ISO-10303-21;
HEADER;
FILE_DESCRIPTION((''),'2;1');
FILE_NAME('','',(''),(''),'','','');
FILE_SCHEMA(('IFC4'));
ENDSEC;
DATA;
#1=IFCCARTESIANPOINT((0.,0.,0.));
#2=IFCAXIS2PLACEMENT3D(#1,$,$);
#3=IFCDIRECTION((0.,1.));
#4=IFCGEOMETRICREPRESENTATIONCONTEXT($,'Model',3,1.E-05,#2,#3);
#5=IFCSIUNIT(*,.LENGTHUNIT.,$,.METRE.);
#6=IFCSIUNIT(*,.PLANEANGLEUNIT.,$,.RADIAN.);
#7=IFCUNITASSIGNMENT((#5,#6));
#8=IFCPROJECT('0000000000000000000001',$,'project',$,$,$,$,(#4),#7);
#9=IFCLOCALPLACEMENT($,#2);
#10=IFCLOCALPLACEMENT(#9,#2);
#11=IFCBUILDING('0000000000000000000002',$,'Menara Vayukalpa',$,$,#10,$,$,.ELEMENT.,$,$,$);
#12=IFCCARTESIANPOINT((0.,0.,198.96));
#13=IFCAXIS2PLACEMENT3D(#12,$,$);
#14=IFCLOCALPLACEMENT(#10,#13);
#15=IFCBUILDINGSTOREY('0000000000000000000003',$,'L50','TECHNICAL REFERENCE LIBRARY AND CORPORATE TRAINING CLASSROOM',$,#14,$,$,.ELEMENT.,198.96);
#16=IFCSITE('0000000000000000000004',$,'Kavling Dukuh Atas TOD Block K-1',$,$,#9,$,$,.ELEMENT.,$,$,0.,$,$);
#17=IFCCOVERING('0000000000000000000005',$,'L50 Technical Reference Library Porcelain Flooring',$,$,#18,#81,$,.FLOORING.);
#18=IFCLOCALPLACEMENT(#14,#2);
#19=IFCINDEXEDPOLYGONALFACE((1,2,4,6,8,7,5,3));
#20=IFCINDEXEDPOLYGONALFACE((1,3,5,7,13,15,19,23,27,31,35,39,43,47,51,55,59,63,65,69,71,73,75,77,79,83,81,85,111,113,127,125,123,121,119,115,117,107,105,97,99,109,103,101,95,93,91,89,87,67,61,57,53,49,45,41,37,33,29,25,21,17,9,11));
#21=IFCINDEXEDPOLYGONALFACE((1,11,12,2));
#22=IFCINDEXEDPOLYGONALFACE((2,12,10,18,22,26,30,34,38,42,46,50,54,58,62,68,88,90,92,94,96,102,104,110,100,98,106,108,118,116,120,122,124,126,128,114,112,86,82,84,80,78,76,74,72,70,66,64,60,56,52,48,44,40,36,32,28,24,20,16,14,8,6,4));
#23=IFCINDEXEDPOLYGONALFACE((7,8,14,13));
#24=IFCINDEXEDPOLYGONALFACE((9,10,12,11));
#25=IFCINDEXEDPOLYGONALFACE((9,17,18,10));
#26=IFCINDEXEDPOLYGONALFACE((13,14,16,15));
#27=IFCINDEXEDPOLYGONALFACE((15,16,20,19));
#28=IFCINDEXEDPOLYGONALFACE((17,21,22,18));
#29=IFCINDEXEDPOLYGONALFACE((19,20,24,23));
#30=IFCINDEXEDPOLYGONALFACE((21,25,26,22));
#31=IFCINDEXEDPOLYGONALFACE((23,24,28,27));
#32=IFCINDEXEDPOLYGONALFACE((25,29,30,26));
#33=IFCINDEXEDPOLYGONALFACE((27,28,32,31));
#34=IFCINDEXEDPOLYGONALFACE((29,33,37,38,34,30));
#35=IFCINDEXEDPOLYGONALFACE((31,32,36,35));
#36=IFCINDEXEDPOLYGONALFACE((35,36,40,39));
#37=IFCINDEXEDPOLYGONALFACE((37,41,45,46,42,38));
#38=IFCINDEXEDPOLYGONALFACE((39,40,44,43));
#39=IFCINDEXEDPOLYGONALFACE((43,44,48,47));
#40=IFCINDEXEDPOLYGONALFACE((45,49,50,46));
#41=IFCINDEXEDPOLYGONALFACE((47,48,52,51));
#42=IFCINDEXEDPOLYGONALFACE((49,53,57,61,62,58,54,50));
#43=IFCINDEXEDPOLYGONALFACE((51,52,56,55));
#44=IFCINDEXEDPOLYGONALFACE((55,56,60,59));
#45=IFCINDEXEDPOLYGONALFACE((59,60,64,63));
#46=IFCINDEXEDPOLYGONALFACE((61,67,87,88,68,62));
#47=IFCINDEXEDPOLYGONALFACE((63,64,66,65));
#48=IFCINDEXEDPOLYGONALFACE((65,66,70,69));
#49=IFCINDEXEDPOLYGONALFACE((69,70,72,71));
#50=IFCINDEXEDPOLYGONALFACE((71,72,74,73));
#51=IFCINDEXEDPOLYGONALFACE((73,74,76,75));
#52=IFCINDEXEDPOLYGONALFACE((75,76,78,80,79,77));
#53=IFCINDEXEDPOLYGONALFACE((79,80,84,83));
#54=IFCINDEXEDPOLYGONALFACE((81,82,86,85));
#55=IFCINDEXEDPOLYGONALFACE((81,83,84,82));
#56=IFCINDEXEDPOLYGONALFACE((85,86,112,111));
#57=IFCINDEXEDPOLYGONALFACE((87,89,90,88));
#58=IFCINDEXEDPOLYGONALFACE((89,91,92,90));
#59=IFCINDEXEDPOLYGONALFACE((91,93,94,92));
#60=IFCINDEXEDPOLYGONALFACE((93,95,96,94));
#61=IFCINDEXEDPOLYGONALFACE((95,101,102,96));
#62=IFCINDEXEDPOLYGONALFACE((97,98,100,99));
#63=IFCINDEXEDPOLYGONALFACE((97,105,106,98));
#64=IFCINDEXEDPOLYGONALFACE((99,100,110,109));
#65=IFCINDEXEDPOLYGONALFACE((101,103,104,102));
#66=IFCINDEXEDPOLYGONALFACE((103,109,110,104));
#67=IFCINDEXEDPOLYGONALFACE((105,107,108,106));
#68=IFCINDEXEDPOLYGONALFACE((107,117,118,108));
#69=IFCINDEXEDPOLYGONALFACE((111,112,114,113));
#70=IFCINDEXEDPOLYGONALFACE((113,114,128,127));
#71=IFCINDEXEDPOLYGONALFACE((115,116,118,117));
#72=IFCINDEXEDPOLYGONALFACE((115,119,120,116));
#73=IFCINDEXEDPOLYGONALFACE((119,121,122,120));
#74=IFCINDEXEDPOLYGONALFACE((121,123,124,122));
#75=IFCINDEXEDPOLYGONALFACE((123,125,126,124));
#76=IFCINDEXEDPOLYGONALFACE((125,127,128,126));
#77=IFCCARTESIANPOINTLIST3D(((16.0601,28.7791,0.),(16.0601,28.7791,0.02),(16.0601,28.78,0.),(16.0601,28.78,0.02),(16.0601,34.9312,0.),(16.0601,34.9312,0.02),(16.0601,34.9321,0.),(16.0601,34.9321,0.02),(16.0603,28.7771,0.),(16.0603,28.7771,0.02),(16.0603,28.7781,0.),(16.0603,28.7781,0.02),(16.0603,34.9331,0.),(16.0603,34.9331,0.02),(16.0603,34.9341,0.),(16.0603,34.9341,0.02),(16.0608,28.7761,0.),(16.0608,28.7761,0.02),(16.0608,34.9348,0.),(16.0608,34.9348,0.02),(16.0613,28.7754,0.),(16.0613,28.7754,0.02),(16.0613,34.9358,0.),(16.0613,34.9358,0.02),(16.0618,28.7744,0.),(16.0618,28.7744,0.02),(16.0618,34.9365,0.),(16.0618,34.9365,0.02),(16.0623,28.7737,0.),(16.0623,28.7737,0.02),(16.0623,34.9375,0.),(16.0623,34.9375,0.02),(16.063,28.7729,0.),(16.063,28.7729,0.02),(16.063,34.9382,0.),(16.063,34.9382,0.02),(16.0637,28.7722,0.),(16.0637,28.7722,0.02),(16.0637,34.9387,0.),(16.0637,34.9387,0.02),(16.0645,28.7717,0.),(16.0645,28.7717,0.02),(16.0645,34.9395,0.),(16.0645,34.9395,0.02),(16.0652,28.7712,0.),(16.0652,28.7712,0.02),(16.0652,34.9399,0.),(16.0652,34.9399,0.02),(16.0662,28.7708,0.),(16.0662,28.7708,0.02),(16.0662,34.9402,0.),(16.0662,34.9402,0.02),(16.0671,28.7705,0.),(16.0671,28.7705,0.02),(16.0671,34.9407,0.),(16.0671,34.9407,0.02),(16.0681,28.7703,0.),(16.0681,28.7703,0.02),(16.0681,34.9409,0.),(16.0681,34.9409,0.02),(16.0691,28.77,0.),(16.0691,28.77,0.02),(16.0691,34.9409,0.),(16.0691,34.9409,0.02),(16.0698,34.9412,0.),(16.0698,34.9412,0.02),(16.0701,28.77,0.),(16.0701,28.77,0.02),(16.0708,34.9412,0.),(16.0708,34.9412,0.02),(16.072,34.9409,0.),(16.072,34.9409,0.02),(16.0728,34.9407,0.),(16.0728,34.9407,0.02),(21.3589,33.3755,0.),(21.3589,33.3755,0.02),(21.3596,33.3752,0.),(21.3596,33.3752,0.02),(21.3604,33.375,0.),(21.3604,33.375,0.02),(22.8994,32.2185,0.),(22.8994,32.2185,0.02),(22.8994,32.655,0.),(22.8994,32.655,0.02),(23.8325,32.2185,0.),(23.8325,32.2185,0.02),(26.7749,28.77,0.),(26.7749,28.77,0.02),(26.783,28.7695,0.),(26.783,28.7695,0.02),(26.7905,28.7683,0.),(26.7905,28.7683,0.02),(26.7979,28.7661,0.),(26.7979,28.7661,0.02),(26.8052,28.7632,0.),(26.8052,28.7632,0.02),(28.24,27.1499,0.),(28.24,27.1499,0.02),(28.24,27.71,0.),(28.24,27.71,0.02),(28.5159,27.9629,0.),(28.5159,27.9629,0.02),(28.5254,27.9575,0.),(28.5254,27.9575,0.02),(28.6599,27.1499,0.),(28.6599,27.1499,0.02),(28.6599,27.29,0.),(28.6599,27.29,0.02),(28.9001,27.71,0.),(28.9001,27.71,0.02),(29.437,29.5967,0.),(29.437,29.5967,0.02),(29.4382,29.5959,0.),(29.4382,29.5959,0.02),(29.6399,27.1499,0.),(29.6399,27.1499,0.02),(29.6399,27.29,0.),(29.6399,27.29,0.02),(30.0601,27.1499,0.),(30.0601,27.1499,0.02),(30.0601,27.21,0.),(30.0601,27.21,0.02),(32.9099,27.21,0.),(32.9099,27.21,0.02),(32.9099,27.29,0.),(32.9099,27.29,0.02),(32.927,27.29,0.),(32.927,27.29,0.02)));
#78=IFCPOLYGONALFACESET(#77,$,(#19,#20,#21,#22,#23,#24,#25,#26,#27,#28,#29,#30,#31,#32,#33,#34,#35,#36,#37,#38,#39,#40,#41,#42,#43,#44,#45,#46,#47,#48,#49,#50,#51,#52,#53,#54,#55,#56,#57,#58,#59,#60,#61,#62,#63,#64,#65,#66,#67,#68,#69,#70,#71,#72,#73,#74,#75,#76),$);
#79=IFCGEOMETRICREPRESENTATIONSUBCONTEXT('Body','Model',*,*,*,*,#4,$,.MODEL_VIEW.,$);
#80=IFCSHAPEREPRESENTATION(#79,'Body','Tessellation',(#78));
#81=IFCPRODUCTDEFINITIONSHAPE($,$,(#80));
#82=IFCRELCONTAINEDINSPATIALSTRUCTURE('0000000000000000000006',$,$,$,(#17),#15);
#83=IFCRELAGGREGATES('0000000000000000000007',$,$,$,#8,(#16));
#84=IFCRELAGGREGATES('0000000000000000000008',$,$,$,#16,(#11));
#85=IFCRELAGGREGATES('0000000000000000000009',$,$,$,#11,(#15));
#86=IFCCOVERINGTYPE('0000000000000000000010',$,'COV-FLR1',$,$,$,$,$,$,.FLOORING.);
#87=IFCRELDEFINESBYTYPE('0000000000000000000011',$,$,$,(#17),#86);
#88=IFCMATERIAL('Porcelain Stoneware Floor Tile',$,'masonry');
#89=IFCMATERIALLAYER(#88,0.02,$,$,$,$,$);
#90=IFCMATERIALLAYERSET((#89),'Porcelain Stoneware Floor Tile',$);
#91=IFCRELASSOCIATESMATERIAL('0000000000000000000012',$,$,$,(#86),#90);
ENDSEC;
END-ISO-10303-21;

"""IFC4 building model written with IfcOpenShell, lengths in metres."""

from ifc_helpers import new_model, si_unit, direction, frame, origin, place, context, subcontext, project, spatial, polyline, outline, extrude, material, layer, layer_set, type_object, element, save


model = new_model("IFC4")

# Units and contexts
model_context = context("Model", 3, precision=1e-05, world=origin(), true_north=direction((0.0, 1.0)))
body_context = subcontext(model_context, "Body", "Model", "MODEL_VIEW")
ifc_project = project(units=[si_unit("LENGTHUNIT", "METRE"), si_unit("PLANEANGLEUNIT", "RADIAN")], contexts=[model_context])

# Site, building, storey
site_placement = place(None, origin())
site = spatial("IfcSite", under=ifc_project, at=site_placement, Name="Kavling Dukuh Atas TOD Block K-1", CompositionType="ELEMENT", RefElevation=0.0)
building_placement = place(site_placement, origin())
building = spatial("IfcBuilding", under=site, at=building_placement, Name="Menara Vayukalpa", CompositionType="ELEMENT")
storey_placement = place(building_placement, frame((0.0, 0.0, 198.96)))
storey = spatial("IfcBuildingStorey", under=building, at=storey_placement, Name="L50", Description="TECHNICAL REFERENCE LIBRARY AND CORPORATE TRAINING CLASSROOM", CompositionType="ELEMENT", Elevation=198.96)

# Covering
ifc_material_1 = material(Name="Porcelain Stoneware Floor Tile", Category="masonry")
ifc_layer_1 = layer(ifc_material_1, 0.02)
ifc_layer_set_1 = layer_set([ifc_layer_1], Name="Porcelain Stoneware Floor Tile")
covering_type_1 = type_object("IfcCoveringType", Name="COV-FLR1", PredefinedType="FLOORING", material=ifc_layer_set_1)
covering_1_placement = place(storey_placement, origin())
element("IfcCovering", 1, at=covering_1_placement, inside=storey, type_object=covering_type_1, Name="L50 Technical Reference Library Porcelain Flooring", PredefinedType="FLOORING", context=body_context, shape_type="SweptSolid", body=[
    extrude(outline(polyline([(28.5254, 27.9575), (28.5159, 27.9629), (26.8052, 28.7632), (26.7979, 28.7661), (26.7905, 28.7683), (26.783, 28.7695), (26.7749, 28.77), (16.0701, 28.77), (16.0691, 28.77), (16.0681, 28.7703), (16.0671, 28.7705), (16.0662, 28.7708), (16.0652, 28.7712), (16.0645, 28.7717), (16.0637, 28.7722), (16.063, 28.7729), (16.0623, 28.7737), (16.0618, 28.7744), (16.0613, 28.7754), (16.0608, 28.7761), (16.0603, 28.7771), (16.0603, 28.7781), (16.0601, 28.7791), (16.0601, 28.78), (16.0601, 34.9312), (16.0601, 34.9321), (16.0603, 34.9331), (16.0603, 34.9341), (16.0608, 34.9348), (16.0613, 34.9358), (16.0618, 34.9365), (16.0623, 34.9375), (16.063, 34.9382), (16.0637, 34.9387), (16.0645, 34.9395), (16.0652, 34.9399), (16.0662, 34.9402), (16.0671, 34.9407), (16.0681, 34.9409), (16.0691, 34.9409), (16.0698, 34.9412), (16.0708, 34.9412), (16.072, 34.9409), (16.0728, 34.9407), (21.3589, 33.3755), (21.3596, 33.3752), (21.3604, 33.375), (22.8994, 32.655), (22.8994, 32.2185), (23.8325, 32.2185), (29.437, 29.5967), (29.4382, 29.5959), (32.927, 27.29), (32.9099, 27.29), (32.9099, 27.21), (30.0601, 27.21), (30.0601, 27.1499), (29.6399, 27.1499), (29.6399, 27.29), (28.6599, 27.29), (28.6599, 27.1499), (28.24, 27.1499), (28.24, 27.71), (28.9001, 27.71), (28.5254, 27.9575)])), origin(), (0.0, 0.0, 1.0), 0.02),
])

save(model, "model.ifc")
